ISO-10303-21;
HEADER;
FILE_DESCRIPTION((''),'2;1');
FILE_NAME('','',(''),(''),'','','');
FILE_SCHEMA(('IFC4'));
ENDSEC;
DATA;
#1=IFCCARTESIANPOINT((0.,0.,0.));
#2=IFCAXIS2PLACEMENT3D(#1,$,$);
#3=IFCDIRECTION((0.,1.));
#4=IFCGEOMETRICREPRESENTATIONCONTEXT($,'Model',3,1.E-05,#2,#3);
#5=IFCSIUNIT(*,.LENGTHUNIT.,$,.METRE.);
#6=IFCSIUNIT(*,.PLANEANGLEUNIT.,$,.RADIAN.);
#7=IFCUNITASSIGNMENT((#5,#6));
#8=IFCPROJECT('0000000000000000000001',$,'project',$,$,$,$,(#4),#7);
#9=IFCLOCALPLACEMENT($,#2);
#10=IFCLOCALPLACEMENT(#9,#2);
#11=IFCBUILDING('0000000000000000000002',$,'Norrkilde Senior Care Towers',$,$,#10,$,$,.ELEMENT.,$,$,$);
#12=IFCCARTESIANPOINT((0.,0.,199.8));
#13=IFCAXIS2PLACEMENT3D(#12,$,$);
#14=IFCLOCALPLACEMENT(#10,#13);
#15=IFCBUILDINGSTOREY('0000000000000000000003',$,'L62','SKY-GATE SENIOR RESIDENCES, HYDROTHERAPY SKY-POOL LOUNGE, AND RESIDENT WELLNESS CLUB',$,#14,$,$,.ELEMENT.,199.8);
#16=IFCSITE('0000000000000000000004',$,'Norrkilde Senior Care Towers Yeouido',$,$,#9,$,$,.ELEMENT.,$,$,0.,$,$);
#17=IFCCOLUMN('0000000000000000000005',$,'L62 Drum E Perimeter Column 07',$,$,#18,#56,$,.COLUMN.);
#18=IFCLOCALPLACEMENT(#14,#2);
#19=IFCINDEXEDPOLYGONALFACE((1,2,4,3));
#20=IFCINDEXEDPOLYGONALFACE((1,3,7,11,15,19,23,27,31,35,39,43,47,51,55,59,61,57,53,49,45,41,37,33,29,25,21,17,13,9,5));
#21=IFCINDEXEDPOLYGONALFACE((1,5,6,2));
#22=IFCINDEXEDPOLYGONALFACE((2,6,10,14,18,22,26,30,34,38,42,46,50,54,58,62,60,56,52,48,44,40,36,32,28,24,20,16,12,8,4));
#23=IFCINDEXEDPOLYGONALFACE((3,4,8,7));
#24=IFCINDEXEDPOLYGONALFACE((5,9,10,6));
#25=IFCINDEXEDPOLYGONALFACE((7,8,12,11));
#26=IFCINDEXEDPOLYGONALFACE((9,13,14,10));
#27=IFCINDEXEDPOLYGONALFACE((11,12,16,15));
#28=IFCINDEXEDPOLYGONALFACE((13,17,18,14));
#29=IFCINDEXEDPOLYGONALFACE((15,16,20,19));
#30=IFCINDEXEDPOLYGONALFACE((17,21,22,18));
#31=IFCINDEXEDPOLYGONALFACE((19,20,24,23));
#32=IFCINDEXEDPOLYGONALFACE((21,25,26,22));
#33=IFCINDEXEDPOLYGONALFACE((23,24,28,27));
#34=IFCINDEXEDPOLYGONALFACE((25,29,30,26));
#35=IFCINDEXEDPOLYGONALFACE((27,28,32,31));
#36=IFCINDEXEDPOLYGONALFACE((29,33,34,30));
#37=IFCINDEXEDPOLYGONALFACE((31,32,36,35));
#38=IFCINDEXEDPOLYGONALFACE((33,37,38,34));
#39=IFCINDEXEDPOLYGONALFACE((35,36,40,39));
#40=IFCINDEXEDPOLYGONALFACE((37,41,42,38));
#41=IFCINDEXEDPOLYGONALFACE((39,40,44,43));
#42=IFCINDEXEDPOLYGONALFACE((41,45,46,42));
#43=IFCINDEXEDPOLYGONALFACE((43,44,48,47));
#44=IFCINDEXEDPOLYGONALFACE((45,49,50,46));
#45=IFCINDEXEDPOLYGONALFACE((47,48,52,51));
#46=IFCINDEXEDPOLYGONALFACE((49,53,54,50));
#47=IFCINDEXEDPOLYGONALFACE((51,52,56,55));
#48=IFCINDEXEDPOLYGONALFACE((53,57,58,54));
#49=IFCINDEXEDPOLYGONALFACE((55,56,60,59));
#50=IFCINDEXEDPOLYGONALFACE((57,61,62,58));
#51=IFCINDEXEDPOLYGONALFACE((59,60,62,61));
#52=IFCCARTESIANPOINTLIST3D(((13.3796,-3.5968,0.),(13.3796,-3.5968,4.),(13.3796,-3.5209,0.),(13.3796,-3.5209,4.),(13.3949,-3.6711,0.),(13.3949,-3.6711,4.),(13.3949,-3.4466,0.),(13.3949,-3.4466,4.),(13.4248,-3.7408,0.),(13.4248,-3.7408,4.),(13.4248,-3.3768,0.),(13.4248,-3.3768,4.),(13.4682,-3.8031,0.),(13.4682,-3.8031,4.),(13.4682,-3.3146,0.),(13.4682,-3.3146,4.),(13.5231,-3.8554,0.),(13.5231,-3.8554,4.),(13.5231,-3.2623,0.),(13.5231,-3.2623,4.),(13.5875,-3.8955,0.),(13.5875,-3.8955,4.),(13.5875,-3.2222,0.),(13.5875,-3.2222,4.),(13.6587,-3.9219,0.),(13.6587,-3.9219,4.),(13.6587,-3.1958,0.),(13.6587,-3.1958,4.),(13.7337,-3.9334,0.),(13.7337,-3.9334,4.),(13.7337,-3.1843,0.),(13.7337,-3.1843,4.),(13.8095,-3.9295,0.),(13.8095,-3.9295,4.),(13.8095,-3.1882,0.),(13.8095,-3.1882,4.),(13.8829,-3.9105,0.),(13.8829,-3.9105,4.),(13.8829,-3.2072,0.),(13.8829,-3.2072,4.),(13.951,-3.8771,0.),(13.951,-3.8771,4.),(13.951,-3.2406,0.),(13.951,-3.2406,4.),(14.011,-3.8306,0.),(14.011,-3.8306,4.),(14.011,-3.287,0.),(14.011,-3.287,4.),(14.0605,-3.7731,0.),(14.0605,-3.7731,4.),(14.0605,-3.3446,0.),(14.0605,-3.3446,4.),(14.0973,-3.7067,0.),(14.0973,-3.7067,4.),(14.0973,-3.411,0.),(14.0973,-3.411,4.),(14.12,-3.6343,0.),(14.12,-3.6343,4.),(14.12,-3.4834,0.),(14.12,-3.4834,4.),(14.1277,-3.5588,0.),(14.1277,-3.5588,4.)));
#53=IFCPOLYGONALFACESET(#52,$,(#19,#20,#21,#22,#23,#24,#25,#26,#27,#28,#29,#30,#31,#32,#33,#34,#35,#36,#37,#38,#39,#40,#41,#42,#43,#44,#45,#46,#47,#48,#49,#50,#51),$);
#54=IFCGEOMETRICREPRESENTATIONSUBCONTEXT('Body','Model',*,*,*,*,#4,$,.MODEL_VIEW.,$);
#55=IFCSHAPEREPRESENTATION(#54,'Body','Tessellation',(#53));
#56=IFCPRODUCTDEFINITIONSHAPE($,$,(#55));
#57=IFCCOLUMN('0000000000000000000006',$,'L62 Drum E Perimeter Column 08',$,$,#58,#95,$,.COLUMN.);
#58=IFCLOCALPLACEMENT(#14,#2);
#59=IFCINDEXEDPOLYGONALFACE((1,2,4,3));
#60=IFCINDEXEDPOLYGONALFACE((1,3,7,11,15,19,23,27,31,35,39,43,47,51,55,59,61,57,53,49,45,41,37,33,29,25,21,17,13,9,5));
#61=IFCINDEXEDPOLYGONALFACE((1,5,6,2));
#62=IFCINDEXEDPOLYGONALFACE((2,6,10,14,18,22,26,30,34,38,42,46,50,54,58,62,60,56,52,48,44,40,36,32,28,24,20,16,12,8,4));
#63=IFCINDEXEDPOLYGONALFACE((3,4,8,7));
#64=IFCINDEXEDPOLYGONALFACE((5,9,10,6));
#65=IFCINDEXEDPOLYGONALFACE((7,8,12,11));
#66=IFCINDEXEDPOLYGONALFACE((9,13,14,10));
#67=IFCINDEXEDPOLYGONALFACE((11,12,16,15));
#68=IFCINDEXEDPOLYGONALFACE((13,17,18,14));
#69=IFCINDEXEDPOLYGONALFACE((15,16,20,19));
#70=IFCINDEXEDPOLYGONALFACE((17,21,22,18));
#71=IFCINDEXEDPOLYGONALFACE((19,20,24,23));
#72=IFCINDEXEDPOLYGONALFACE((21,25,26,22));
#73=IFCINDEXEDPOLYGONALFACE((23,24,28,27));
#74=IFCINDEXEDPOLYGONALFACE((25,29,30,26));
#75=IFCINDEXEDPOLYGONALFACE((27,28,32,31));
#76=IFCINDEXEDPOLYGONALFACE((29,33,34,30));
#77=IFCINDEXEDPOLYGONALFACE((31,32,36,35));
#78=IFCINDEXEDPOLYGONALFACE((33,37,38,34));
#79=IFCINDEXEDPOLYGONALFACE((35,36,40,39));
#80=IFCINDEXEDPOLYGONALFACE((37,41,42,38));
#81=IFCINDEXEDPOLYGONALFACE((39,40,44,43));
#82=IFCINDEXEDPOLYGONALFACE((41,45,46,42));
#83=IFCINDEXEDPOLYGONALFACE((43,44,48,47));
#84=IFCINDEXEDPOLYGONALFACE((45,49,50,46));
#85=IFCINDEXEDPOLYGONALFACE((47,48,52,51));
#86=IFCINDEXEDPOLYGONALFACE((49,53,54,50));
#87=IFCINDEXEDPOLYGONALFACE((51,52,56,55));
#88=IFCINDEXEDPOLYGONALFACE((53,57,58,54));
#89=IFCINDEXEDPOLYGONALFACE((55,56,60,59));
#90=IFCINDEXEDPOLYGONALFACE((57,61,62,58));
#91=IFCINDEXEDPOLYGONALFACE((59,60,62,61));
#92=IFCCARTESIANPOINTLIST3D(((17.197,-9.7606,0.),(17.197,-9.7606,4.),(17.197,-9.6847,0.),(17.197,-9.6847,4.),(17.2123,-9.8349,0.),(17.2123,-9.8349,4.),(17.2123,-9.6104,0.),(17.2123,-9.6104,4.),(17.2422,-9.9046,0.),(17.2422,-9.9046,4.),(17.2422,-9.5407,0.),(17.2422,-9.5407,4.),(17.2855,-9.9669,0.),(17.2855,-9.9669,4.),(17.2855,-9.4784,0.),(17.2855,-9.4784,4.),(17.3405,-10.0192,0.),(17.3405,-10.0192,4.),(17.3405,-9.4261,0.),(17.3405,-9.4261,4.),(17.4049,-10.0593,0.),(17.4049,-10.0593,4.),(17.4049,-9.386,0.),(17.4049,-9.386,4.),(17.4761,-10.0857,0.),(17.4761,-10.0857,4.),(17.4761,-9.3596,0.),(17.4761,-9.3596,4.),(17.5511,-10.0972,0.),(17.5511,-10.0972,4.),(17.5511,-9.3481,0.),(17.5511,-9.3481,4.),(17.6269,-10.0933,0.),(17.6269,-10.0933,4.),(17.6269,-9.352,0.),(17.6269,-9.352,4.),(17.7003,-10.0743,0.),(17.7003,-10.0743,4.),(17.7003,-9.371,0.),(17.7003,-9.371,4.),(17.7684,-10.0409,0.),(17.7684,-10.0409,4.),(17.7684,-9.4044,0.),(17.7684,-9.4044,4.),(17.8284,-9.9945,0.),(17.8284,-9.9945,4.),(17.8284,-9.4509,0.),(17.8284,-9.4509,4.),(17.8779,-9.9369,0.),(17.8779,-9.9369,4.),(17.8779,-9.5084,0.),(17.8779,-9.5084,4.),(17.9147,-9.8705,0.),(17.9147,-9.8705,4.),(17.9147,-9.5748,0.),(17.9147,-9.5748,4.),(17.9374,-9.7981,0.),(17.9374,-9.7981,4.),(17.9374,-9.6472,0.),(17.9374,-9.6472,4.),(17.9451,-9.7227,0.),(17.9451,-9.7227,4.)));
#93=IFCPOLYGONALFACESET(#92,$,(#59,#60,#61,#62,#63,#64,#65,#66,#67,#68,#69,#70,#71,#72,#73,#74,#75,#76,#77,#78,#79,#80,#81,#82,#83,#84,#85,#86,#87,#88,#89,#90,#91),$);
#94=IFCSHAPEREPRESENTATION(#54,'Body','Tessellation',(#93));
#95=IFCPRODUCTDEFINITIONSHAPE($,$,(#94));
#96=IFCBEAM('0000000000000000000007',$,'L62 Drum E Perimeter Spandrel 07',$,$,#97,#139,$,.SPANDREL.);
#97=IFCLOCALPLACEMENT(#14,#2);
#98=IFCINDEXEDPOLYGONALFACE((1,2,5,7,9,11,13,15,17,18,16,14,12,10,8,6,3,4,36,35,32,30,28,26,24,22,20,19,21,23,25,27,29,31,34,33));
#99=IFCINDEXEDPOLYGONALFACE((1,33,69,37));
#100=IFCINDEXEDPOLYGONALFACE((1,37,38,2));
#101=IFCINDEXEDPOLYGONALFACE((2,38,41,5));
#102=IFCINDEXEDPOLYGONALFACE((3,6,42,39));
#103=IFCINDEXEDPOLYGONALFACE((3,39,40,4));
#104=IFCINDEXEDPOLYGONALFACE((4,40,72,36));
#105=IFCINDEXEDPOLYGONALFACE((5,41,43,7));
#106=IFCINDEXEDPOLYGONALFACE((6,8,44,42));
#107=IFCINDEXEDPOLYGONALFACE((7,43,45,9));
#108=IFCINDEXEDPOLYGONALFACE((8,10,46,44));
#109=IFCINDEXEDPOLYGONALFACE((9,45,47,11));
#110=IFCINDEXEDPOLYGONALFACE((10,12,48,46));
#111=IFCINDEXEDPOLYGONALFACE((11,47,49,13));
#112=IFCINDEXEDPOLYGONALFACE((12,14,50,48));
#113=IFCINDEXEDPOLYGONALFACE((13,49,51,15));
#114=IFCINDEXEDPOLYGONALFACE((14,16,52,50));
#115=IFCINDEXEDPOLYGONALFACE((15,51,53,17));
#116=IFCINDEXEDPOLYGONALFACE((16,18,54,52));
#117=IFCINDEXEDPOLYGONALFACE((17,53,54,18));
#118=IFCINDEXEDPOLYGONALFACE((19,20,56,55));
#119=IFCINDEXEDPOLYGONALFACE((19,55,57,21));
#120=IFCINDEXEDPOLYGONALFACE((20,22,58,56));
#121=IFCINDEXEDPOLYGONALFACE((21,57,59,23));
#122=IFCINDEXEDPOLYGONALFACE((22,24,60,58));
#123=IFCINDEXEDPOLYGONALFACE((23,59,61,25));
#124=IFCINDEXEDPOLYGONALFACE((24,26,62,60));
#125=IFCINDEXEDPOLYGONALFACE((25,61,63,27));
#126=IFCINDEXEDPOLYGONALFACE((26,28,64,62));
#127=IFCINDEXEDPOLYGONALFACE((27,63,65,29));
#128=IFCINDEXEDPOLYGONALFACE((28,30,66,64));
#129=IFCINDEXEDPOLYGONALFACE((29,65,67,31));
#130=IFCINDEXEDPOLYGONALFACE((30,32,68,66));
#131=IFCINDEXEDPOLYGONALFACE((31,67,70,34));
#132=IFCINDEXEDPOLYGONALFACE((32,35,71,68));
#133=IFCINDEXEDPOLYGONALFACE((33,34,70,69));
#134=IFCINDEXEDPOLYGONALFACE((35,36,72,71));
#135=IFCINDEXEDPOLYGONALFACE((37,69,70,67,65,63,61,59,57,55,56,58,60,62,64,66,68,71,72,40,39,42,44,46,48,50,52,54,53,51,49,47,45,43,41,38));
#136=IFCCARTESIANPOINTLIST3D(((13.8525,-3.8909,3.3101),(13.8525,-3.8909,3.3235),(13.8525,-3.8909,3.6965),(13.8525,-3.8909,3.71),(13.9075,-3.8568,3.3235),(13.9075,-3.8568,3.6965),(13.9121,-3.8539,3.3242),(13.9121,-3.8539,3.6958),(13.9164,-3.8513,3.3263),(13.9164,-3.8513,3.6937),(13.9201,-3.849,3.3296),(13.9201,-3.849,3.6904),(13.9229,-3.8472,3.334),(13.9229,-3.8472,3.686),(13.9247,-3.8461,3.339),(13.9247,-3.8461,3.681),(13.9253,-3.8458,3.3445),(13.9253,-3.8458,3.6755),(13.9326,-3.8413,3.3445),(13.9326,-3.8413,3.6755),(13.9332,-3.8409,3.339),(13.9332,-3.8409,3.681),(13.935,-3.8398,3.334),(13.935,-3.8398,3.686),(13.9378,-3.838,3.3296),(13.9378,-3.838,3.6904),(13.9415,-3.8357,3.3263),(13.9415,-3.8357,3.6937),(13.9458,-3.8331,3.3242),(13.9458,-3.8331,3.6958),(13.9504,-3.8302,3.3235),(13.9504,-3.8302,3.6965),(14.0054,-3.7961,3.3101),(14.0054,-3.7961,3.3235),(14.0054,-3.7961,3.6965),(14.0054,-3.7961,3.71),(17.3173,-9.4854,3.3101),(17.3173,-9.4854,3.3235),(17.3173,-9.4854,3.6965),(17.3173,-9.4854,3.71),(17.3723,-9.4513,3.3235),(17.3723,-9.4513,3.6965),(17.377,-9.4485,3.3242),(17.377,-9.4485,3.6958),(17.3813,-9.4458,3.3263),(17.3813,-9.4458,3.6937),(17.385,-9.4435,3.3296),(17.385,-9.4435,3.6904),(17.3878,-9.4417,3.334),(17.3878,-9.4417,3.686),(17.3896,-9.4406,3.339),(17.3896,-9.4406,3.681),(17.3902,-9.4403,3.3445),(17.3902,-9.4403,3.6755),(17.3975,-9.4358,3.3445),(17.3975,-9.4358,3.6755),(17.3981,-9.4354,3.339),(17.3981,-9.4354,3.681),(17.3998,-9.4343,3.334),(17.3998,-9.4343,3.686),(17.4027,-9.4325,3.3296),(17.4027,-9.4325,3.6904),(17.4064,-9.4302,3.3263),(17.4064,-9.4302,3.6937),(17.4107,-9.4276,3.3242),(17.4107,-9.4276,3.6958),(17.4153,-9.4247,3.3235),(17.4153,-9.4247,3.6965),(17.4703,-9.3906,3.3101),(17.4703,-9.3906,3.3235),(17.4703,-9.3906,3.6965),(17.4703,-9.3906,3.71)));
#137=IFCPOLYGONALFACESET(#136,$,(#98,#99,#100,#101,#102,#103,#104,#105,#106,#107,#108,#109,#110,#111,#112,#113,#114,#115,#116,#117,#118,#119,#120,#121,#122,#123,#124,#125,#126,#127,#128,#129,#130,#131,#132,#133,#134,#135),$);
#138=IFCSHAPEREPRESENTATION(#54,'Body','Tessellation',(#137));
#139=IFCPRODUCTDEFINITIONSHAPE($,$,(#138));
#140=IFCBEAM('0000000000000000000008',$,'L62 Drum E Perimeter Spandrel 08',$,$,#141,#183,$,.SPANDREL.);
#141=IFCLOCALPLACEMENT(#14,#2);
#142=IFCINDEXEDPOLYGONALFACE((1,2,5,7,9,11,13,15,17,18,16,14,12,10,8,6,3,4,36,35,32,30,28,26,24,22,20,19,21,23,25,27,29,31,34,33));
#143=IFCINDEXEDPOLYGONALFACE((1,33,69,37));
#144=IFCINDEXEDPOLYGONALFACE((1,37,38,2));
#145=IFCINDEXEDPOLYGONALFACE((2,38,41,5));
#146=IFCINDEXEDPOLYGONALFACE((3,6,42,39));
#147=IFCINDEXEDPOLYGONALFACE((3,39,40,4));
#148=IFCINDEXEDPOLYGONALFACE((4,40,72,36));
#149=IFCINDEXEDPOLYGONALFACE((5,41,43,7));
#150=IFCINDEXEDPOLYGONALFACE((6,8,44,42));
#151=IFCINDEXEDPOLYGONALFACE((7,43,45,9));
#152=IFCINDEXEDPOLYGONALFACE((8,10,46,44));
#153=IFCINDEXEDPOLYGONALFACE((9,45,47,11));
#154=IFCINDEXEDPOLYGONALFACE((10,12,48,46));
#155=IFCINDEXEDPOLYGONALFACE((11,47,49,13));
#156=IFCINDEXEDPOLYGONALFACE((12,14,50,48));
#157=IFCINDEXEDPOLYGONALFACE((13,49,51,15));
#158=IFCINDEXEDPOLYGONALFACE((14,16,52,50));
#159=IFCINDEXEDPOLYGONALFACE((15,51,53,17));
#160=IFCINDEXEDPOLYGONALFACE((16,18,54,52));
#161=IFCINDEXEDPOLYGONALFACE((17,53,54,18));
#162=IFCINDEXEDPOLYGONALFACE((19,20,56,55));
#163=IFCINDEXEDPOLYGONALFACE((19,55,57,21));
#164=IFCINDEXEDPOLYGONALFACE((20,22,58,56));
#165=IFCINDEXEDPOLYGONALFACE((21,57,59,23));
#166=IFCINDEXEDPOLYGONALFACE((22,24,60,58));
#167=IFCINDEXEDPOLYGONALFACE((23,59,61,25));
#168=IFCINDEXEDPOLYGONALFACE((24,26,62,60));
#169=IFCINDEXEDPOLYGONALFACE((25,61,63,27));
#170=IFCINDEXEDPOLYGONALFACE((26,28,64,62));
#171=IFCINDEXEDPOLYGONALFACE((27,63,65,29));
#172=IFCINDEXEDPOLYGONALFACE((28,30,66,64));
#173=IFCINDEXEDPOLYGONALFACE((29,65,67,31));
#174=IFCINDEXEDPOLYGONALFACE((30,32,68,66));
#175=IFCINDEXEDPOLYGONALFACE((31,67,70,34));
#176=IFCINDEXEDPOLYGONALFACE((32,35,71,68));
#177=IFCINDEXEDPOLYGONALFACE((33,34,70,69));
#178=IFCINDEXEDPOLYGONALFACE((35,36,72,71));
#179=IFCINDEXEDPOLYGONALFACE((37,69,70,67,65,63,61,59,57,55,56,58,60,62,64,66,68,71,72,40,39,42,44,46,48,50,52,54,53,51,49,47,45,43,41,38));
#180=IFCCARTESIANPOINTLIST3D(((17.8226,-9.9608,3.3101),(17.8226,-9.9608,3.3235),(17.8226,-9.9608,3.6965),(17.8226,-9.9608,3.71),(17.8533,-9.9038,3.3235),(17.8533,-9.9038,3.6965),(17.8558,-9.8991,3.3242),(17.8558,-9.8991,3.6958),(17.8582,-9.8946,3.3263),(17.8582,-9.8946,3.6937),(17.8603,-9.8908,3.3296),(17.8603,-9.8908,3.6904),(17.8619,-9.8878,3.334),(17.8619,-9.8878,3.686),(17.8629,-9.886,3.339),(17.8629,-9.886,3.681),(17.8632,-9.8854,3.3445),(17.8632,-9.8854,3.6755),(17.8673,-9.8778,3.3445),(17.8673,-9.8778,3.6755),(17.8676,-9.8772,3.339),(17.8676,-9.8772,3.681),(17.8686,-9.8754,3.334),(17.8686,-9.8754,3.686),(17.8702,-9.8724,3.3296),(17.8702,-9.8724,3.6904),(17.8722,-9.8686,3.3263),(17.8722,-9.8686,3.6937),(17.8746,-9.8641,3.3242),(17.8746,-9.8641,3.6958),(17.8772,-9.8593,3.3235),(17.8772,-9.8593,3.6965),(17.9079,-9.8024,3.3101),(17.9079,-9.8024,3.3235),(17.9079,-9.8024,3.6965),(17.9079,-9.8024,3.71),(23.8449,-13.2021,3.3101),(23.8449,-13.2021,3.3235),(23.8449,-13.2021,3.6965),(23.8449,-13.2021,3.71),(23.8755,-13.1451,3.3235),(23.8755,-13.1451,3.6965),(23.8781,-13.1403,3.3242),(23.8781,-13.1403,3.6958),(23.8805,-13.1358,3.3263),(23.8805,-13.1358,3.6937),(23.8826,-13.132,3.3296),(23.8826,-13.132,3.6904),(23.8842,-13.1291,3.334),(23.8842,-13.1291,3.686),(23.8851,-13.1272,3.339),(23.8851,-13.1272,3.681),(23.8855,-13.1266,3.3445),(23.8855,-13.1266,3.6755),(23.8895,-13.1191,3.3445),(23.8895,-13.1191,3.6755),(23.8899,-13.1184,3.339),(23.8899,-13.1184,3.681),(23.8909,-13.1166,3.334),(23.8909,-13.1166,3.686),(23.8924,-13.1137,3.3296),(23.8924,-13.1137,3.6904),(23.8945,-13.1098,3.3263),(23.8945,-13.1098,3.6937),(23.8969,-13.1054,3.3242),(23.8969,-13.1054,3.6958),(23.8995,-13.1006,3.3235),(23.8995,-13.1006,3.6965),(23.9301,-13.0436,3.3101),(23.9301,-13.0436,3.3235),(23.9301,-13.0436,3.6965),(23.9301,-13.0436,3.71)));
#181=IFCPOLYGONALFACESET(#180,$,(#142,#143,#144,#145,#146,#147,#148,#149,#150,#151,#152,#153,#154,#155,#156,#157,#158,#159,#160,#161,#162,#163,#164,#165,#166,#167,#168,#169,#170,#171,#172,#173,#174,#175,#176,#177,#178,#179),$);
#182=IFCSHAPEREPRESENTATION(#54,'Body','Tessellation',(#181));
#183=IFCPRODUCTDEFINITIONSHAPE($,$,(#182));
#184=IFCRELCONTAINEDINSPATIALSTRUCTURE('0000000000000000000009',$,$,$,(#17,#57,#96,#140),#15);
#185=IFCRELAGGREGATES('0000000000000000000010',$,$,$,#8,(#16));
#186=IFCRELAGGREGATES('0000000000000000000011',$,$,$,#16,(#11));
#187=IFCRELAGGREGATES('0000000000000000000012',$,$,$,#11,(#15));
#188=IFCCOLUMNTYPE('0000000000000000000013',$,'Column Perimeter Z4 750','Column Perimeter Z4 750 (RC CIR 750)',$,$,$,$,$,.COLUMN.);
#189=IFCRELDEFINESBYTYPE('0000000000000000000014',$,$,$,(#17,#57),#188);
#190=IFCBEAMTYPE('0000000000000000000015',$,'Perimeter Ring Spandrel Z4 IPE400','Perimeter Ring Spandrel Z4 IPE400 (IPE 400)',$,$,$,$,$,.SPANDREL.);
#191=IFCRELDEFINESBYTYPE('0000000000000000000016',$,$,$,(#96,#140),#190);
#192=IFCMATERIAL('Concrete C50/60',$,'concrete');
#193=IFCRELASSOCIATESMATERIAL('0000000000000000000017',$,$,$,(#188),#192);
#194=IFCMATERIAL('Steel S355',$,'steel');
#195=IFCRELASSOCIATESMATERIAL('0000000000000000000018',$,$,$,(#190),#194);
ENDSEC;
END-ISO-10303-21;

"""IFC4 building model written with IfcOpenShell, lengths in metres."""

from ifc_helpers import new_model, si_unit, direction, frame, origin, origin_2d, place, context, subcontext, project, spatial, circle, i_section, extrude, source, transform, mapped, material, material_profile, profile_set, type_object, type_shapes, element, save


model = new_model("IFC4")

# Units and contexts
model_context = context("Model", 3, precision=1e-05, world=origin(), true_north=direction((0.0, 1.0)))
body_context = subcontext(model_context, "Body", "Model", "MODEL_VIEW")
ifc_project = project(units=[si_unit("LENGTHUNIT", "METRE"), si_unit("PLANEANGLEUNIT", "RADIAN")], contexts=[model_context])

# Site, building, storey
site_placement = place(None, origin())
site = spatial("IfcSite", under=ifc_project, at=site_placement, Name="Norrkilde Senior Care Towers Yeouido", CompositionType="ELEMENT", RefElevation=0.0)
building_placement = place(site_placement, origin())
building = spatial("IfcBuilding", under=site, at=building_placement, Name="Norrkilde Senior Care Towers", CompositionType="ELEMENT")
storey_placement = place(building_placement, frame((0.0, 0.0, 199.8)))
storey = spatial("IfcBuildingStorey", under=building, at=storey_placement, Name="L62", Description="SKY-GATE SENIOR RESIDENCES, HYDROTHERAPY SKY-POOL LOUNGE, AND RESIDENT WELLNESS CLUB", CompositionType="ELEMENT", Elevation=199.8)

# Columns
ifc_material_1 = material(Name="Concrete C50/60", Category="concrete")
ifc_material_profile_1 = material_profile(ifc_material_1, circle(Radius=0.375, at=origin_2d()), Name="RC CIR 750")
ifc_profile_set_1 = profile_set([ifc_material_profile_1], Name="Concrete C50/60")
column_type = type_object("IfcColumnType", Name="Column Perimeter Z4 750", Description="Column Perimeter Z4 750 (RC CIR 750)", PredefinedType="COLUMN", material=ifc_profile_set_1)
shared_shape_1 = source(origin(), body_context, "Body", "SweptSolid", [
    extrude(circle(Radius=0.375, at=origin_2d()), origin(), (0.0, 0.0, 1.0), 4.0),
])
type_shapes(column_type, [shared_shape_1])
for number, where, z_axis, x_axis, name in (
    (1, (13.7527, -3.5588, 0.0), (0.0, 0.0, 1.0), (1.0, 0.0, 0.0), "L62 Drum E Perimeter Column 07"),
    (2, (17.5701, -9.7227, 0.0), (0.0, 0.0, 1.0), (1.0, 0.0, 0.0), "L62 Drum E Perimeter Column 08"),
):
    element("IfcColumn", number, at=place(storey_placement, frame(where, z_axis=z_axis, x_axis=x_axis)), inside=storey, type_object=column_type, Name=name, PredefinedType="COLUMN", context=body_context, shape_type="MappedRepresentation", body=[
        mapped(shared_shape_1, transform((0.0, 0.0, 0.0), x_axis=(1.0, 0.0, 0.0), y_axis=(0.0, 1.0, 0.0), z_axis=(0.0, 0.0, 1.0), scale=1.0)),
    ])

# Beams
ifc_material_2 = material(Name="Steel S355", Category="steel")
ifc_material_profile_2 = material_profile(ifc_material_2, i_section(OverallWidth=0.1799, OverallDepth=0.3999, WebThickness=0.0085, FlangeThickness=0.0134, FilletRadius=0.021, at=origin_2d()), Name="IPE 400")
ifc_profile_set_2 = profile_set([ifc_material_profile_2], Name="Steel S355")
beam_type_1 = type_object("IfcBeamType", Name="Perimeter Ring Spandrel Z4 IPE400", Description="Perimeter Ring Spandrel Z4 IPE400 (IPE 400)", PredefinedType="SPANDREL", material=ifc_profile_set_2)
shared_shape_2 = source(origin(), body_context, "Body", "SweptSolid", [
    extrude(i_section(OverallWidth=0.1799, OverallDepth=0.3999, WebThickness=0.0085, FlangeThickness=0.0134, FilletRadius=0.021, at=origin_2d()), origin(), (0.0, 0.0, 1.0), 6.5806),
])
beam_1_placement = place(storey_placement, frame((13.929, -3.8435, 3.51), z_axis=(0.52653, -0.850157, 0.0), x_axis=(0.850157, 0.52653, 0.0)))
element("IfcBeam", 3, at=beam_1_placement, inside=storey, type_object=beam_type_1, Name="L62 Drum E Perimeter Spandrel 07", PredefinedType="SPANDREL", context=body_context, shape_type="MappedRepresentation", body=[
    mapped(shared_shape_2, transform((0.0, 0.0, 0.0), x_axis=(1.0, 0.0, 0.0), y_axis=(0.0, 1.0, 0.0), z_axis=(0.0, 0.0, 1.0), scale=1.0)),
])
shared_shape_3 = source(origin(), body_context, "Body", "SweptSolid", [
    extrude(i_section(OverallWidth=0.1799, OverallDepth=0.3999, WebThickness=0.0085, FlangeThickness=0.0134, FilletRadius=0.021, at=origin_2d()), origin(), (0.0, 0.0, 1.0), 6.8391),
])
type_shapes(beam_type_1, [shared_shape_2, shared_shape_3])
beam_2_placement = place(storey_placement, frame((17.8652, -9.8816, 3.51), z_axis=(0.880564, -0.473927, 0.0), x_axis=(0.473927, 0.880564, 0.0)))
element("IfcBeam", 4, at=beam_2_placement, inside=storey, type_object=beam_type_1, Name="L62 Drum E Perimeter Spandrel 08", PredefinedType="SPANDREL", context=body_context, shape_type="MappedRepresentation", body=[
    mapped(shared_shape_3, transform((0.0, 0.0, 0.0), x_axis=(1.0, 0.0, 0.0), y_axis=(0.0, 1.0, 0.0), z_axis=(0.0, 0.0, 1.0), scale=1.0)),
])

save(model, "model.ifc")
